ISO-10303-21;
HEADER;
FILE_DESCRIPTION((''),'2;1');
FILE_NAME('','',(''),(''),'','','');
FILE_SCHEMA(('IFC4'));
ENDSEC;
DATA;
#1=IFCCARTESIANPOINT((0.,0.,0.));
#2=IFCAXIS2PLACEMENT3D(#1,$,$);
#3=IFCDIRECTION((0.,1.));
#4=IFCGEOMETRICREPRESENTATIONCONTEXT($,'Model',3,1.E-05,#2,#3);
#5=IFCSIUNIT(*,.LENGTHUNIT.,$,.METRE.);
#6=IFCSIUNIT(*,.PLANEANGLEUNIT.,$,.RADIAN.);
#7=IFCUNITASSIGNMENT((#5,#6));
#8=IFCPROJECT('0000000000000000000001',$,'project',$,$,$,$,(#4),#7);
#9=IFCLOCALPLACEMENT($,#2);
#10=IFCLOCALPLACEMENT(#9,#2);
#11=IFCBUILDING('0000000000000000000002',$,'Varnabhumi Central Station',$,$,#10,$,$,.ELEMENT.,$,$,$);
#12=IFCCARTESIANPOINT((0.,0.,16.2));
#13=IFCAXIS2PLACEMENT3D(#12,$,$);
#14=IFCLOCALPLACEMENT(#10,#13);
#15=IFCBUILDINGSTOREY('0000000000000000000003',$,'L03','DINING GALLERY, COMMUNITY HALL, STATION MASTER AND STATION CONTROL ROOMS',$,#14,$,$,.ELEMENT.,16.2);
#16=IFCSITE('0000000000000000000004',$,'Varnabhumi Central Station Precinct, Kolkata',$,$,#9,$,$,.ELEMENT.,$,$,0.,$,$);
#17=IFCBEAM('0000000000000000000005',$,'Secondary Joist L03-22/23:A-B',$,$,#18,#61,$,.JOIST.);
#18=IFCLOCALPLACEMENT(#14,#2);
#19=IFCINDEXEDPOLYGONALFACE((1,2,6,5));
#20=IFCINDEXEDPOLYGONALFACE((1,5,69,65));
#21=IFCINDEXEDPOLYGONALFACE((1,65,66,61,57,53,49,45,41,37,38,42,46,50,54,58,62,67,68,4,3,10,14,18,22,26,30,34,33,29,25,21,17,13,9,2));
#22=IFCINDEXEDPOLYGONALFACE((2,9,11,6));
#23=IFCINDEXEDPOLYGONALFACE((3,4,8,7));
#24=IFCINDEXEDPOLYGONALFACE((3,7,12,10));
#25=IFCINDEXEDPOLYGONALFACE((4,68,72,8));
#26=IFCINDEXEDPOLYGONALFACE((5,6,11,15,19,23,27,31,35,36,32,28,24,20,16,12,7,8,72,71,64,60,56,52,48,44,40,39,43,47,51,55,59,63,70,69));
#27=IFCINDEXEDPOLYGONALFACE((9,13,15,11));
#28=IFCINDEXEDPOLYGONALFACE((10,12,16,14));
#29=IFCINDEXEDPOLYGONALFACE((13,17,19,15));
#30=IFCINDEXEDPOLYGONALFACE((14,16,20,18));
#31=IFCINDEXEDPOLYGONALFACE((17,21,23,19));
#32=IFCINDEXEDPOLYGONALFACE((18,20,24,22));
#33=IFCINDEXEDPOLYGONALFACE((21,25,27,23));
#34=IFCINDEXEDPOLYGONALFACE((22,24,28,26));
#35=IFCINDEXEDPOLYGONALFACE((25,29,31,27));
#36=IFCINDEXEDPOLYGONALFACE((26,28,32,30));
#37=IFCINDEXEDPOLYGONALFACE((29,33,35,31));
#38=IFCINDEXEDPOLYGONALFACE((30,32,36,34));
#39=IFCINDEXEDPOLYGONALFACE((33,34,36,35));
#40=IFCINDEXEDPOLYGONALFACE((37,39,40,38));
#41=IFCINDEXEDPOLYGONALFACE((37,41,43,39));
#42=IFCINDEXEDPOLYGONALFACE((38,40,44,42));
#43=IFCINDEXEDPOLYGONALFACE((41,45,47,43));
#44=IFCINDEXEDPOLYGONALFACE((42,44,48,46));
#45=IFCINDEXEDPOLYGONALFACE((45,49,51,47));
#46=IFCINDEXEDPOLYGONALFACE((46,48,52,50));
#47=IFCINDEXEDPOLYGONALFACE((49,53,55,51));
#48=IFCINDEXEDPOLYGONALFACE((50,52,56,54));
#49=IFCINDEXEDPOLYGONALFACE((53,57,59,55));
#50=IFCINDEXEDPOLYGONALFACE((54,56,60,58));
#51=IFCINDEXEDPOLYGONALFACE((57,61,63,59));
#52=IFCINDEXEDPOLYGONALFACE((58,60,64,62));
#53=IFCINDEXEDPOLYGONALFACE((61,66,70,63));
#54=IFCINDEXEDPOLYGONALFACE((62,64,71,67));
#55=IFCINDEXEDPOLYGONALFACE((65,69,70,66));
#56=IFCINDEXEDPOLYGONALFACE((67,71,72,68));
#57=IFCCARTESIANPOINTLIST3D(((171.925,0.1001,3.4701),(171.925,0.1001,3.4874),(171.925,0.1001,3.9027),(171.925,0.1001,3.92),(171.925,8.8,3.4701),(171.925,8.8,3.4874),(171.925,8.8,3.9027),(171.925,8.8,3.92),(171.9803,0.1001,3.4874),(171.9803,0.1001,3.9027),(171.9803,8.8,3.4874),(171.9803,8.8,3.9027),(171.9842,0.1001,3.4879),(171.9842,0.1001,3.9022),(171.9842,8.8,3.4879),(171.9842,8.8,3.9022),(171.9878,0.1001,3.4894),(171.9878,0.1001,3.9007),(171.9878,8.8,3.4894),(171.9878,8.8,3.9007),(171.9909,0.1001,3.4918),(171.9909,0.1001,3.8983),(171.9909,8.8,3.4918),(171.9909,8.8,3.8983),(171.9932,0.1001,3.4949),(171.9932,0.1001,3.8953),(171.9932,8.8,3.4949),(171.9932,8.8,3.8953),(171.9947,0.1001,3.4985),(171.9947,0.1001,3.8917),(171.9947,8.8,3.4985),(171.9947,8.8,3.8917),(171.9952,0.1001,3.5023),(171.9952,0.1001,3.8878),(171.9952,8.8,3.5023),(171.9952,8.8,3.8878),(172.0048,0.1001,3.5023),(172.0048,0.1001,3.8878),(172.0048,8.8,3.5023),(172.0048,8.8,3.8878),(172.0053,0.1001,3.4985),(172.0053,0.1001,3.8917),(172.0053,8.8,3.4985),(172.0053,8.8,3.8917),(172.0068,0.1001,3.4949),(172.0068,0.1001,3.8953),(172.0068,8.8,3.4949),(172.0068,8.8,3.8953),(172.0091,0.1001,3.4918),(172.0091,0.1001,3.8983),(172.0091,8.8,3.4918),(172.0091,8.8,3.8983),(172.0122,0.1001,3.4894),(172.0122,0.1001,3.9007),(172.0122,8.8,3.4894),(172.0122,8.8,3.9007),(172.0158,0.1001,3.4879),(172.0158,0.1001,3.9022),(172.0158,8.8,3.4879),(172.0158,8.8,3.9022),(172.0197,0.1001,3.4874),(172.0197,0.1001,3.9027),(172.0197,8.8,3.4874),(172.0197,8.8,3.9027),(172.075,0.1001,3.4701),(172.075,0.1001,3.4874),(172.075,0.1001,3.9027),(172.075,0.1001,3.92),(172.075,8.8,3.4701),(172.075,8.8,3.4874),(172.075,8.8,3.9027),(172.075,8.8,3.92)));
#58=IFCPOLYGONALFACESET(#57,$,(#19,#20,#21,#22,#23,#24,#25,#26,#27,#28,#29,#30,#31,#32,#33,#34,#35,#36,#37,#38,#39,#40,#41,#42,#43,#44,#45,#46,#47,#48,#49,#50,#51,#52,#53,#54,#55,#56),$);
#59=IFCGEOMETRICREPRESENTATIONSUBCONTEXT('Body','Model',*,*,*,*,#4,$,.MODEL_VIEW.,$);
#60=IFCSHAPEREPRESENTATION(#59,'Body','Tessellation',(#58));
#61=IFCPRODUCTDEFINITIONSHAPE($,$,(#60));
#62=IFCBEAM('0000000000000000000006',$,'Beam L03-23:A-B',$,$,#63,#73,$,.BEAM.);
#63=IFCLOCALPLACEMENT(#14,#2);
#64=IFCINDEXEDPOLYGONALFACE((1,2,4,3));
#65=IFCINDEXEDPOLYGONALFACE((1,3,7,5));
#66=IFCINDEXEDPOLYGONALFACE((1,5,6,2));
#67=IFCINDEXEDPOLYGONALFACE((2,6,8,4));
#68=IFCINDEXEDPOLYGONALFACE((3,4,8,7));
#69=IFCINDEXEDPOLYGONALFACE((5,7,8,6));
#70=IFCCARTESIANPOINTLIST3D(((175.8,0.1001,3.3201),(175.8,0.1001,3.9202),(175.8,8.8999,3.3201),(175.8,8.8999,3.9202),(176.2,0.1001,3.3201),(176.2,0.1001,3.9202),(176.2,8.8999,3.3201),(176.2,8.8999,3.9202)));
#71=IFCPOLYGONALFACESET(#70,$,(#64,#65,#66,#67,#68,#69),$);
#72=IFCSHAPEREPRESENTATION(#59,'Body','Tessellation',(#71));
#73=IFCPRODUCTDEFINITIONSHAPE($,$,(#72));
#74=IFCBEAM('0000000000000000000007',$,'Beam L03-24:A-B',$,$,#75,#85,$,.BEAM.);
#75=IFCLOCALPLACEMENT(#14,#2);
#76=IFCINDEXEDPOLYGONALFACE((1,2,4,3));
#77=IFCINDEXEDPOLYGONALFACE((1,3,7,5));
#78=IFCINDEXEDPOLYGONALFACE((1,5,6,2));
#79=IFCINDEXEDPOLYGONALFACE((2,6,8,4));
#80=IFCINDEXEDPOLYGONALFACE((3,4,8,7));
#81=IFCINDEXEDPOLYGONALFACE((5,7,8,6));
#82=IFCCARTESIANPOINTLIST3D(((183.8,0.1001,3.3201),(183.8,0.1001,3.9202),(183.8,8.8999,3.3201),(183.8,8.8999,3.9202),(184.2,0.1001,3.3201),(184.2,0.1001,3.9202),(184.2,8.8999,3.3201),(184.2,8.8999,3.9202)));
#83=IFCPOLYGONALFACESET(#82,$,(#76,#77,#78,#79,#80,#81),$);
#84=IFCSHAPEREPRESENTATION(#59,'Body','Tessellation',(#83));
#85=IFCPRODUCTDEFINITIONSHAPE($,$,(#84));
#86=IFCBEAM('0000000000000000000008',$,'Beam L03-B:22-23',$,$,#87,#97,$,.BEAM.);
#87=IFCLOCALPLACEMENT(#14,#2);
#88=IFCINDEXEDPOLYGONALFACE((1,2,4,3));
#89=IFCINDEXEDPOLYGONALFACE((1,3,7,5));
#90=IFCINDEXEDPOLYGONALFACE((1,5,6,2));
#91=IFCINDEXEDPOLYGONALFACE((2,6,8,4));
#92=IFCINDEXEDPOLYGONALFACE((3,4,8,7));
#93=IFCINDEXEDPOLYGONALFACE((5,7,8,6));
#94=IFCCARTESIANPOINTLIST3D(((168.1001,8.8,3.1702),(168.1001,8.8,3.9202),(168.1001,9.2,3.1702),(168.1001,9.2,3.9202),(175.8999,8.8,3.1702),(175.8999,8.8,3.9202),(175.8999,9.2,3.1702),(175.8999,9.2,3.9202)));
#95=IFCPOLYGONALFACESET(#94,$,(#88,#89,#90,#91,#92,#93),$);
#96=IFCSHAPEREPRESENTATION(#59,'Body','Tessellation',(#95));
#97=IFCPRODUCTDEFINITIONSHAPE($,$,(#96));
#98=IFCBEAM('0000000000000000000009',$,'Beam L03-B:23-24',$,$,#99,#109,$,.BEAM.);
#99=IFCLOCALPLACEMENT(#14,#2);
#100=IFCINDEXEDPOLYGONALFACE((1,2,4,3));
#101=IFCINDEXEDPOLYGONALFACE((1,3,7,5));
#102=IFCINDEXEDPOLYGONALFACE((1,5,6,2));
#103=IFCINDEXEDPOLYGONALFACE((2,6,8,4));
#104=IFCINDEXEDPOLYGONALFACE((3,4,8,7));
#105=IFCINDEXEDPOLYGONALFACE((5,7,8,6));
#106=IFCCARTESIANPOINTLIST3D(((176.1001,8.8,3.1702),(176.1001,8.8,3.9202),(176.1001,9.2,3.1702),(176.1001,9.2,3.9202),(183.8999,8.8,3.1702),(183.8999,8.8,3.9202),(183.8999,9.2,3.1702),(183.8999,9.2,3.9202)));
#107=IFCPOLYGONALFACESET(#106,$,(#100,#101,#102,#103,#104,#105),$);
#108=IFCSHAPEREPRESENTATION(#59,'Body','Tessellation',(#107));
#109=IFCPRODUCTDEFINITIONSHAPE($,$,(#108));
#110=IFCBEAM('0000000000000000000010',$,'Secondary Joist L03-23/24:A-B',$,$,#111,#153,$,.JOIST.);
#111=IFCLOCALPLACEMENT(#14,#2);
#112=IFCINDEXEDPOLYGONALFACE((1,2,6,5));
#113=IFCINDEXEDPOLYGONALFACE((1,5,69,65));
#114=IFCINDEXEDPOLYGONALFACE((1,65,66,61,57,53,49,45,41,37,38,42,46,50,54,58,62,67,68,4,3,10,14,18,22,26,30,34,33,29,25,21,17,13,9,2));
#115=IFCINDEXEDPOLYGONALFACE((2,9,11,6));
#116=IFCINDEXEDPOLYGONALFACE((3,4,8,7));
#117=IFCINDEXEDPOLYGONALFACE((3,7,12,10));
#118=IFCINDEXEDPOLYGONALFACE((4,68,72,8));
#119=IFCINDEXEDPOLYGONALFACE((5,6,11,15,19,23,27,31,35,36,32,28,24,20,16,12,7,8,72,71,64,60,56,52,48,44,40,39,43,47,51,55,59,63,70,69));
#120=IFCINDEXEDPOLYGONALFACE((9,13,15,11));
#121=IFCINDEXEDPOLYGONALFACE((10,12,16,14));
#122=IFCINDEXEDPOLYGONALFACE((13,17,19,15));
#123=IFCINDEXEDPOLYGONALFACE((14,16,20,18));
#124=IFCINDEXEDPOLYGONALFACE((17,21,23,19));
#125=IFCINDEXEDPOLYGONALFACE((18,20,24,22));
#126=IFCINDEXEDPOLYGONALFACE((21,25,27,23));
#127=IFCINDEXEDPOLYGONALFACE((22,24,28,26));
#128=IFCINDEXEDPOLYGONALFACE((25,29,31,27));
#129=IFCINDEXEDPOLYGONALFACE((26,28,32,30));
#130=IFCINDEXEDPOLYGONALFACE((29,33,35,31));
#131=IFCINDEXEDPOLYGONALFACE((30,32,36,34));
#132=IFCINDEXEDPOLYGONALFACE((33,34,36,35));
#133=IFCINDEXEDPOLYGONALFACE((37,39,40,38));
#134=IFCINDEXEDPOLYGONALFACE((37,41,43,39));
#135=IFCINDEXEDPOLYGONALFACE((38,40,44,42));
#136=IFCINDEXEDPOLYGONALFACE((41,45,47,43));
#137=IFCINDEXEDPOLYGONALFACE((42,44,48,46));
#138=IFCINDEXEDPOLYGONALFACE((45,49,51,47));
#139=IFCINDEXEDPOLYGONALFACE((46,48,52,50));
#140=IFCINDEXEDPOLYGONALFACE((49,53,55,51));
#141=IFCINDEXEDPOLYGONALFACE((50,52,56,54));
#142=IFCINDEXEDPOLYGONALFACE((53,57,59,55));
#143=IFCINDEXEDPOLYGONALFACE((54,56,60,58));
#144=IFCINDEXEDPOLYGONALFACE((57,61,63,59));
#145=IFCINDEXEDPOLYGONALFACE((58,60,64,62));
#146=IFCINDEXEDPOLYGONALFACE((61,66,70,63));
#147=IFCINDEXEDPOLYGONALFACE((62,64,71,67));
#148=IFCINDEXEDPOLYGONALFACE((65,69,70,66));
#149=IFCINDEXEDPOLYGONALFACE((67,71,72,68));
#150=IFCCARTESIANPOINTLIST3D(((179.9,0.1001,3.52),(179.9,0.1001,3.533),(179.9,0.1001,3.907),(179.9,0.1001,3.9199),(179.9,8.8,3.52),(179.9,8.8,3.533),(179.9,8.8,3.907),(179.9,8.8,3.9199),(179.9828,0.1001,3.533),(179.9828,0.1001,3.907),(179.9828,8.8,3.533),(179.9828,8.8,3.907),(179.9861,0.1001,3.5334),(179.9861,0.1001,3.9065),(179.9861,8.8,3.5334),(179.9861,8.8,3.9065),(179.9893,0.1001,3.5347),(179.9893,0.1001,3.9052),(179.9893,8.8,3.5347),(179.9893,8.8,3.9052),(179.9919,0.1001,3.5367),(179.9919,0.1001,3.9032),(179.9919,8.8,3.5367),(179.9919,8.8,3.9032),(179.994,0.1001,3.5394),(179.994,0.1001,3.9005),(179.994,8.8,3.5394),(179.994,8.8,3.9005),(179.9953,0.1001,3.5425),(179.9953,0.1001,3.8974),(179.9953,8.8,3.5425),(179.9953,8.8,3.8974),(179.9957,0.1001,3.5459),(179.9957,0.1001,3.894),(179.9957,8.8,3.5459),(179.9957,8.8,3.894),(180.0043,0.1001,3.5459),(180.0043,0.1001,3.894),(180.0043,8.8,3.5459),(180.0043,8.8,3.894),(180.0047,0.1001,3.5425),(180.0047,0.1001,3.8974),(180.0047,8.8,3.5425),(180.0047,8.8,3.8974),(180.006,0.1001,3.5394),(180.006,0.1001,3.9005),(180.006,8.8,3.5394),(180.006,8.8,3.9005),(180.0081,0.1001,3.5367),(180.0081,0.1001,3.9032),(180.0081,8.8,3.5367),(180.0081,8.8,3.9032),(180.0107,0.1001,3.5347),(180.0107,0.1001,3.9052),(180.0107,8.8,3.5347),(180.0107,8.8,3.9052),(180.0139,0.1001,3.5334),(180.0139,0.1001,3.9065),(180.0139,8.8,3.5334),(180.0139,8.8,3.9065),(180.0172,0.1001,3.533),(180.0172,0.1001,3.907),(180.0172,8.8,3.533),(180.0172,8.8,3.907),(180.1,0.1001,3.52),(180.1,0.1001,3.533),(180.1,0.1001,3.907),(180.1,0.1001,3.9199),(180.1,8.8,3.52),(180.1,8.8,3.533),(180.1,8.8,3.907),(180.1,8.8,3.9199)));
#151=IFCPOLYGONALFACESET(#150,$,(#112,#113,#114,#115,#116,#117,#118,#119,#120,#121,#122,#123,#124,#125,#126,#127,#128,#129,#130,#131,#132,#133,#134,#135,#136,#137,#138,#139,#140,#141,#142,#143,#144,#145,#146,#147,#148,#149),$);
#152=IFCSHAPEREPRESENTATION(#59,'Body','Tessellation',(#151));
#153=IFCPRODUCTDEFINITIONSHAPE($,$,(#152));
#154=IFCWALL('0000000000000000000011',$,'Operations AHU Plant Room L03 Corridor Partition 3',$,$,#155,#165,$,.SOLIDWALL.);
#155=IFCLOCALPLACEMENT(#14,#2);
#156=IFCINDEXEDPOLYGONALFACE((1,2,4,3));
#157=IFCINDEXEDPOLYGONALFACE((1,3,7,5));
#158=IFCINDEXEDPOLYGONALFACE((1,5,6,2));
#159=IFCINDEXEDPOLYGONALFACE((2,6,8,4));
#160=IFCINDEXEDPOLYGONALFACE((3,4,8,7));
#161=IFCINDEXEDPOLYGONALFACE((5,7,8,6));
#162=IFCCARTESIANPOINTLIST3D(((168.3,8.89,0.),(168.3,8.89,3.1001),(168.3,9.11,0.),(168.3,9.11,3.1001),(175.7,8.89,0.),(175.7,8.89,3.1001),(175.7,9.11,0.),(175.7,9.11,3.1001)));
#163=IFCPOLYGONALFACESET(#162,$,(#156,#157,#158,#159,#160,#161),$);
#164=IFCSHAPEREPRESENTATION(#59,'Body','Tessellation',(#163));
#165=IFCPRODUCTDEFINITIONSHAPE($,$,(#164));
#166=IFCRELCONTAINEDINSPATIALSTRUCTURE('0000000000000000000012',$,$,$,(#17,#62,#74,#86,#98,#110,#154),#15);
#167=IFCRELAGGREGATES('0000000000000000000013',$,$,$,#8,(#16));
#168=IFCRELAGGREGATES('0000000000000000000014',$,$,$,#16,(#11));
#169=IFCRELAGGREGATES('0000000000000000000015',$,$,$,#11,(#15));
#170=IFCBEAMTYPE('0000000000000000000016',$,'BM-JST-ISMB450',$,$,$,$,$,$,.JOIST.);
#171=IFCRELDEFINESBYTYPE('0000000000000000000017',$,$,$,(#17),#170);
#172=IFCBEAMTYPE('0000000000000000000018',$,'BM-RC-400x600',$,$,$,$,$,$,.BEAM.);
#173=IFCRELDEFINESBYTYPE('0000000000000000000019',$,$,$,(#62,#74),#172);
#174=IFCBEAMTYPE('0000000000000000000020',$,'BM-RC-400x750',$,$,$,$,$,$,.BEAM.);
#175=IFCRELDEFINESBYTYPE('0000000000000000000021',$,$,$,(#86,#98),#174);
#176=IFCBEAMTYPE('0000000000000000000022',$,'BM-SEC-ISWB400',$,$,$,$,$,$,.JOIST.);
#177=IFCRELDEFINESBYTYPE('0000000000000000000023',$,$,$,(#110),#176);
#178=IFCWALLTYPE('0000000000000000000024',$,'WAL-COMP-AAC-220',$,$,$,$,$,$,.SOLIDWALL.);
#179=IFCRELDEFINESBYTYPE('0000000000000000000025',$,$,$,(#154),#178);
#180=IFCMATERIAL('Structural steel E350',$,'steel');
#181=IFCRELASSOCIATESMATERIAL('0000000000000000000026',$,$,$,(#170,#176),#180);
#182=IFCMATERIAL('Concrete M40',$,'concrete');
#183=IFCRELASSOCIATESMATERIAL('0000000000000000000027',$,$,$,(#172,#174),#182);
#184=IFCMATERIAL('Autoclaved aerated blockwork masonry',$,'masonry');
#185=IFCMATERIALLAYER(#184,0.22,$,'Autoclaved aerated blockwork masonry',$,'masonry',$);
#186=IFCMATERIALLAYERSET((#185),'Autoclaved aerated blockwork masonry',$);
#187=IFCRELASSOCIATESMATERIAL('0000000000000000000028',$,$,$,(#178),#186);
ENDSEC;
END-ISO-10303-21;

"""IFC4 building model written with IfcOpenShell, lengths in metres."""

from ifc_helpers import new_model, si_unit, direction, frame, frame_2d, origin, origin_2d, place, context, subcontext, project, spatial, rectangle, i_section, extrude, material, layer, layer_set, material_profile, profile_set, type_object, element, save


model = new_model("IFC4")

# Units and contexts
model_context = context("Model", 3, precision=1e-05, world=origin(), true_north=direction((0.0, 1.0)))
body_context = subcontext(model_context, "Body", "Model", "MODEL_VIEW")
ifc_project = project(units=[si_unit("LENGTHUNIT", "METRE"), si_unit("PLANEANGLEUNIT", "RADIAN")], contexts=[model_context])

# Site, building, storey
site_placement = place(None, origin())
site = spatial("IfcSite", under=ifc_project, at=site_placement, Name="Varnabhumi Central Station Precinct, Kolkata", CompositionType="ELEMENT", RefElevation=0.0)
building_placement = place(site_placement, origin())
building = spatial("IfcBuilding", under=site, at=building_placement, Name="Varnabhumi Central Station", CompositionType="ELEMENT")
storey_placement = place(building_placement, frame((0.0, 0.0, 16.2)))
storey = spatial("IfcBuildingStorey", under=building, at=storey_placement, Name="L03", Description="DINING GALLERY, COMMUNITY HALL, STATION MASTER AND STATION CONTROL ROOMS", CompositionType="ELEMENT", Elevation=16.2)

# Shared definitions
ifc_material_1 = material(Name="Concrete M40", Category="concrete")

# Beams
ifc_material_2 = material(Name="Structural steel E350", Category="steel")
ifc_material_profile_1 = material_profile(ifc_material_2, i_section(OverallWidth=0.1499, OverallDepth=0.45, WebThickness=0.0095, FlangeThickness=0.0173, FilletRadius=0.0149, at=origin_2d()), Name="Structural steel E350", Category="steel")
ifc_profile_set_1 = profile_set([ifc_material_profile_1], Name="Structural steel E350")
beam_type_1 = type_object("IfcBeamType", Name="BM-JST-ISMB450", PredefinedType="JOIST", material=ifc_profile_set_1)
beam_1_placement = place(storey_placement, frame((172.0, 0.1001, 3.6951), z_axis=(0.0, 1.0, 0.0), x_axis=(-1.0, 0.0, 0.0)))
element("IfcBeam", 1, at=beam_1_placement, inside=storey, type_object=beam_type_1, Name="Secondary Joist L03-22/23:A-B", PredefinedType="JOIST", context=body_context, shape_type="SweptSolid", body=[
    extrude(i_section(OverallWidth=0.1499, OverallDepth=0.45, WebThickness=0.0095, FlangeThickness=0.0173, FilletRadius=0.0149, at=origin_2d()), origin(), (0.0, 0.0, 1.0), 8.7),
])
ifc_material_profile_2 = material_profile(ifc_material_1, rectangle(XDim=0.3999, YDim=0.6001, at=origin_2d()), Name="Concrete M40", Category="concrete")
ifc_profile_set_2 = profile_set([ifc_material_profile_2], Name="Concrete M40")
beam_type_2 = type_object("IfcBeamType", Name="BM-RC-400x600", PredefinedType="BEAM", material=ifc_profile_set_2)
for number, where, z_axis, x_axis, name in (
    (2, (176.0, 0.1001, 3.6201), (0.0, 1.0, 0.0), (-1.0, 0.0, 0.0), "Beam L03-23:A-B"),
    (3, (184.0, 0.1001, 3.6201), (0.0, 1.0, 0.0), (-1.0, 0.0, 0.0), "Beam L03-24:A-B"),
):
    element("IfcBeam", number, at=place(storey_placement, frame(where, z_axis=z_axis, x_axis=x_axis)), inside=storey, type_object=beam_type_2, Name=name, PredefinedType="BEAM", context=body_context, shape_type="SweptSolid", body=[
        extrude(rectangle(XDim=0.3999, YDim=0.6001, at=origin_2d()), origin(), (0.0, 0.0, 1.0), 8.7998),
    ])
ifc_material_profile_3 = material_profile(ifc_material_1, rectangle(XDim=0.3999, YDim=0.75, at=origin_2d()), Name="Concrete M40", Category="concrete")
ifc_profile_set_3 = profile_set([ifc_material_profile_3], Name="Concrete M40")
beam_type_3 = type_object("IfcBeamType", Name="BM-RC-400x750", PredefinedType="BEAM", material=ifc_profile_set_3)
for number, where, z_axis, x_axis, name in (
    (4, (168.1001, 9.0, 3.5452), (1.0, 0.0, 0.0), (0.0, 1.0, 0.0), "Beam L03-B:22-23"),
    (5, (176.1001, 9.0, 3.5452), (1.0, 0.0, 0.0), (0.0, 1.0, 0.0), "Beam L03-B:23-24"),
):
    element("IfcBeam", number, at=place(storey_placement, frame(where, z_axis=z_axis, x_axis=x_axis)), inside=storey, type_object=beam_type_3, Name=name, PredefinedType="BEAM", context=body_context, shape_type="SweptSolid", body=[
        extrude(rectangle(XDim=0.3999, YDim=0.75, at=origin_2d()), origin(), (0.0, 0.0, 1.0), 7.7998),
    ])
ifc_material_profile_4 = material_profile(ifc_material_2, i_section(OverallWidth=0.2, OverallDepth=0.3999, WebThickness=0.0085, FlangeThickness=0.0129, FilletRadius=0.0129, at=origin_2d()), Name="Structural steel E350", Category="steel")
ifc_profile_set_4 = profile_set([ifc_material_profile_4], Name="Structural steel E350")
beam_type_4 = type_object("IfcBeamType", Name="BM-SEC-ISWB400", PredefinedType="JOIST", material=ifc_profile_set_4)
beam_2_placement = place(storey_placement, frame((180.0, 0.1001, 3.72), z_axis=(0.0, 1.0, 0.0), x_axis=(-1.0, 0.0, 0.0)))
element("IfcBeam", 6, at=beam_2_placement, inside=storey, type_object=beam_type_4, Name="Secondary Joist L03-23/24:A-B", PredefinedType="JOIST", context=body_context, shape_type="SweptSolid", body=[
    extrude(i_section(OverallWidth=0.2, OverallDepth=0.3999, WebThickness=0.0085, FlangeThickness=0.0129, FilletRadius=0.0129, at=origin_2d()), origin(), (0.0, 0.0, 1.0), 8.7),
])

# Wall
ifc_material_3 = material(Name="Autoclaved aerated blockwork masonry", Category="masonry")
ifc_layer_1 = layer(ifc_material_3, 0.22, Name="Autoclaved aerated blockwork masonry", Category="masonry")
ifc_layer_set_1 = layer_set([ifc_layer_1], Name="Autoclaved aerated blockwork masonry")
wall_type_1 = type_object("IfcWallType", Name="WAL-COMP-AAC-220", PredefinedType="SOLIDWALL", material=ifc_layer_set_1)
wall_1_placement = place(storey_placement, frame((168.3, 9.0, 0.0), z_axis=(0.0, 0.0, 1.0), x_axis=(1.0, 0.0, 0.0)))
element("IfcWall", 7, at=wall_1_placement, inside=storey, type_object=wall_type_1, Name="Operations AHU Plant Room L03 Corridor Partition 3", PredefinedType="SOLIDWALL", context=body_context, shape_type="SweptSolid", body=[
    extrude(rectangle(XDim=7.3999, YDim=0.22, at=frame_2d((3.7, 0.0))), origin(), (0.0, 0.0, 1.0), 3.1001),
])

save(model, "model.ifc")
